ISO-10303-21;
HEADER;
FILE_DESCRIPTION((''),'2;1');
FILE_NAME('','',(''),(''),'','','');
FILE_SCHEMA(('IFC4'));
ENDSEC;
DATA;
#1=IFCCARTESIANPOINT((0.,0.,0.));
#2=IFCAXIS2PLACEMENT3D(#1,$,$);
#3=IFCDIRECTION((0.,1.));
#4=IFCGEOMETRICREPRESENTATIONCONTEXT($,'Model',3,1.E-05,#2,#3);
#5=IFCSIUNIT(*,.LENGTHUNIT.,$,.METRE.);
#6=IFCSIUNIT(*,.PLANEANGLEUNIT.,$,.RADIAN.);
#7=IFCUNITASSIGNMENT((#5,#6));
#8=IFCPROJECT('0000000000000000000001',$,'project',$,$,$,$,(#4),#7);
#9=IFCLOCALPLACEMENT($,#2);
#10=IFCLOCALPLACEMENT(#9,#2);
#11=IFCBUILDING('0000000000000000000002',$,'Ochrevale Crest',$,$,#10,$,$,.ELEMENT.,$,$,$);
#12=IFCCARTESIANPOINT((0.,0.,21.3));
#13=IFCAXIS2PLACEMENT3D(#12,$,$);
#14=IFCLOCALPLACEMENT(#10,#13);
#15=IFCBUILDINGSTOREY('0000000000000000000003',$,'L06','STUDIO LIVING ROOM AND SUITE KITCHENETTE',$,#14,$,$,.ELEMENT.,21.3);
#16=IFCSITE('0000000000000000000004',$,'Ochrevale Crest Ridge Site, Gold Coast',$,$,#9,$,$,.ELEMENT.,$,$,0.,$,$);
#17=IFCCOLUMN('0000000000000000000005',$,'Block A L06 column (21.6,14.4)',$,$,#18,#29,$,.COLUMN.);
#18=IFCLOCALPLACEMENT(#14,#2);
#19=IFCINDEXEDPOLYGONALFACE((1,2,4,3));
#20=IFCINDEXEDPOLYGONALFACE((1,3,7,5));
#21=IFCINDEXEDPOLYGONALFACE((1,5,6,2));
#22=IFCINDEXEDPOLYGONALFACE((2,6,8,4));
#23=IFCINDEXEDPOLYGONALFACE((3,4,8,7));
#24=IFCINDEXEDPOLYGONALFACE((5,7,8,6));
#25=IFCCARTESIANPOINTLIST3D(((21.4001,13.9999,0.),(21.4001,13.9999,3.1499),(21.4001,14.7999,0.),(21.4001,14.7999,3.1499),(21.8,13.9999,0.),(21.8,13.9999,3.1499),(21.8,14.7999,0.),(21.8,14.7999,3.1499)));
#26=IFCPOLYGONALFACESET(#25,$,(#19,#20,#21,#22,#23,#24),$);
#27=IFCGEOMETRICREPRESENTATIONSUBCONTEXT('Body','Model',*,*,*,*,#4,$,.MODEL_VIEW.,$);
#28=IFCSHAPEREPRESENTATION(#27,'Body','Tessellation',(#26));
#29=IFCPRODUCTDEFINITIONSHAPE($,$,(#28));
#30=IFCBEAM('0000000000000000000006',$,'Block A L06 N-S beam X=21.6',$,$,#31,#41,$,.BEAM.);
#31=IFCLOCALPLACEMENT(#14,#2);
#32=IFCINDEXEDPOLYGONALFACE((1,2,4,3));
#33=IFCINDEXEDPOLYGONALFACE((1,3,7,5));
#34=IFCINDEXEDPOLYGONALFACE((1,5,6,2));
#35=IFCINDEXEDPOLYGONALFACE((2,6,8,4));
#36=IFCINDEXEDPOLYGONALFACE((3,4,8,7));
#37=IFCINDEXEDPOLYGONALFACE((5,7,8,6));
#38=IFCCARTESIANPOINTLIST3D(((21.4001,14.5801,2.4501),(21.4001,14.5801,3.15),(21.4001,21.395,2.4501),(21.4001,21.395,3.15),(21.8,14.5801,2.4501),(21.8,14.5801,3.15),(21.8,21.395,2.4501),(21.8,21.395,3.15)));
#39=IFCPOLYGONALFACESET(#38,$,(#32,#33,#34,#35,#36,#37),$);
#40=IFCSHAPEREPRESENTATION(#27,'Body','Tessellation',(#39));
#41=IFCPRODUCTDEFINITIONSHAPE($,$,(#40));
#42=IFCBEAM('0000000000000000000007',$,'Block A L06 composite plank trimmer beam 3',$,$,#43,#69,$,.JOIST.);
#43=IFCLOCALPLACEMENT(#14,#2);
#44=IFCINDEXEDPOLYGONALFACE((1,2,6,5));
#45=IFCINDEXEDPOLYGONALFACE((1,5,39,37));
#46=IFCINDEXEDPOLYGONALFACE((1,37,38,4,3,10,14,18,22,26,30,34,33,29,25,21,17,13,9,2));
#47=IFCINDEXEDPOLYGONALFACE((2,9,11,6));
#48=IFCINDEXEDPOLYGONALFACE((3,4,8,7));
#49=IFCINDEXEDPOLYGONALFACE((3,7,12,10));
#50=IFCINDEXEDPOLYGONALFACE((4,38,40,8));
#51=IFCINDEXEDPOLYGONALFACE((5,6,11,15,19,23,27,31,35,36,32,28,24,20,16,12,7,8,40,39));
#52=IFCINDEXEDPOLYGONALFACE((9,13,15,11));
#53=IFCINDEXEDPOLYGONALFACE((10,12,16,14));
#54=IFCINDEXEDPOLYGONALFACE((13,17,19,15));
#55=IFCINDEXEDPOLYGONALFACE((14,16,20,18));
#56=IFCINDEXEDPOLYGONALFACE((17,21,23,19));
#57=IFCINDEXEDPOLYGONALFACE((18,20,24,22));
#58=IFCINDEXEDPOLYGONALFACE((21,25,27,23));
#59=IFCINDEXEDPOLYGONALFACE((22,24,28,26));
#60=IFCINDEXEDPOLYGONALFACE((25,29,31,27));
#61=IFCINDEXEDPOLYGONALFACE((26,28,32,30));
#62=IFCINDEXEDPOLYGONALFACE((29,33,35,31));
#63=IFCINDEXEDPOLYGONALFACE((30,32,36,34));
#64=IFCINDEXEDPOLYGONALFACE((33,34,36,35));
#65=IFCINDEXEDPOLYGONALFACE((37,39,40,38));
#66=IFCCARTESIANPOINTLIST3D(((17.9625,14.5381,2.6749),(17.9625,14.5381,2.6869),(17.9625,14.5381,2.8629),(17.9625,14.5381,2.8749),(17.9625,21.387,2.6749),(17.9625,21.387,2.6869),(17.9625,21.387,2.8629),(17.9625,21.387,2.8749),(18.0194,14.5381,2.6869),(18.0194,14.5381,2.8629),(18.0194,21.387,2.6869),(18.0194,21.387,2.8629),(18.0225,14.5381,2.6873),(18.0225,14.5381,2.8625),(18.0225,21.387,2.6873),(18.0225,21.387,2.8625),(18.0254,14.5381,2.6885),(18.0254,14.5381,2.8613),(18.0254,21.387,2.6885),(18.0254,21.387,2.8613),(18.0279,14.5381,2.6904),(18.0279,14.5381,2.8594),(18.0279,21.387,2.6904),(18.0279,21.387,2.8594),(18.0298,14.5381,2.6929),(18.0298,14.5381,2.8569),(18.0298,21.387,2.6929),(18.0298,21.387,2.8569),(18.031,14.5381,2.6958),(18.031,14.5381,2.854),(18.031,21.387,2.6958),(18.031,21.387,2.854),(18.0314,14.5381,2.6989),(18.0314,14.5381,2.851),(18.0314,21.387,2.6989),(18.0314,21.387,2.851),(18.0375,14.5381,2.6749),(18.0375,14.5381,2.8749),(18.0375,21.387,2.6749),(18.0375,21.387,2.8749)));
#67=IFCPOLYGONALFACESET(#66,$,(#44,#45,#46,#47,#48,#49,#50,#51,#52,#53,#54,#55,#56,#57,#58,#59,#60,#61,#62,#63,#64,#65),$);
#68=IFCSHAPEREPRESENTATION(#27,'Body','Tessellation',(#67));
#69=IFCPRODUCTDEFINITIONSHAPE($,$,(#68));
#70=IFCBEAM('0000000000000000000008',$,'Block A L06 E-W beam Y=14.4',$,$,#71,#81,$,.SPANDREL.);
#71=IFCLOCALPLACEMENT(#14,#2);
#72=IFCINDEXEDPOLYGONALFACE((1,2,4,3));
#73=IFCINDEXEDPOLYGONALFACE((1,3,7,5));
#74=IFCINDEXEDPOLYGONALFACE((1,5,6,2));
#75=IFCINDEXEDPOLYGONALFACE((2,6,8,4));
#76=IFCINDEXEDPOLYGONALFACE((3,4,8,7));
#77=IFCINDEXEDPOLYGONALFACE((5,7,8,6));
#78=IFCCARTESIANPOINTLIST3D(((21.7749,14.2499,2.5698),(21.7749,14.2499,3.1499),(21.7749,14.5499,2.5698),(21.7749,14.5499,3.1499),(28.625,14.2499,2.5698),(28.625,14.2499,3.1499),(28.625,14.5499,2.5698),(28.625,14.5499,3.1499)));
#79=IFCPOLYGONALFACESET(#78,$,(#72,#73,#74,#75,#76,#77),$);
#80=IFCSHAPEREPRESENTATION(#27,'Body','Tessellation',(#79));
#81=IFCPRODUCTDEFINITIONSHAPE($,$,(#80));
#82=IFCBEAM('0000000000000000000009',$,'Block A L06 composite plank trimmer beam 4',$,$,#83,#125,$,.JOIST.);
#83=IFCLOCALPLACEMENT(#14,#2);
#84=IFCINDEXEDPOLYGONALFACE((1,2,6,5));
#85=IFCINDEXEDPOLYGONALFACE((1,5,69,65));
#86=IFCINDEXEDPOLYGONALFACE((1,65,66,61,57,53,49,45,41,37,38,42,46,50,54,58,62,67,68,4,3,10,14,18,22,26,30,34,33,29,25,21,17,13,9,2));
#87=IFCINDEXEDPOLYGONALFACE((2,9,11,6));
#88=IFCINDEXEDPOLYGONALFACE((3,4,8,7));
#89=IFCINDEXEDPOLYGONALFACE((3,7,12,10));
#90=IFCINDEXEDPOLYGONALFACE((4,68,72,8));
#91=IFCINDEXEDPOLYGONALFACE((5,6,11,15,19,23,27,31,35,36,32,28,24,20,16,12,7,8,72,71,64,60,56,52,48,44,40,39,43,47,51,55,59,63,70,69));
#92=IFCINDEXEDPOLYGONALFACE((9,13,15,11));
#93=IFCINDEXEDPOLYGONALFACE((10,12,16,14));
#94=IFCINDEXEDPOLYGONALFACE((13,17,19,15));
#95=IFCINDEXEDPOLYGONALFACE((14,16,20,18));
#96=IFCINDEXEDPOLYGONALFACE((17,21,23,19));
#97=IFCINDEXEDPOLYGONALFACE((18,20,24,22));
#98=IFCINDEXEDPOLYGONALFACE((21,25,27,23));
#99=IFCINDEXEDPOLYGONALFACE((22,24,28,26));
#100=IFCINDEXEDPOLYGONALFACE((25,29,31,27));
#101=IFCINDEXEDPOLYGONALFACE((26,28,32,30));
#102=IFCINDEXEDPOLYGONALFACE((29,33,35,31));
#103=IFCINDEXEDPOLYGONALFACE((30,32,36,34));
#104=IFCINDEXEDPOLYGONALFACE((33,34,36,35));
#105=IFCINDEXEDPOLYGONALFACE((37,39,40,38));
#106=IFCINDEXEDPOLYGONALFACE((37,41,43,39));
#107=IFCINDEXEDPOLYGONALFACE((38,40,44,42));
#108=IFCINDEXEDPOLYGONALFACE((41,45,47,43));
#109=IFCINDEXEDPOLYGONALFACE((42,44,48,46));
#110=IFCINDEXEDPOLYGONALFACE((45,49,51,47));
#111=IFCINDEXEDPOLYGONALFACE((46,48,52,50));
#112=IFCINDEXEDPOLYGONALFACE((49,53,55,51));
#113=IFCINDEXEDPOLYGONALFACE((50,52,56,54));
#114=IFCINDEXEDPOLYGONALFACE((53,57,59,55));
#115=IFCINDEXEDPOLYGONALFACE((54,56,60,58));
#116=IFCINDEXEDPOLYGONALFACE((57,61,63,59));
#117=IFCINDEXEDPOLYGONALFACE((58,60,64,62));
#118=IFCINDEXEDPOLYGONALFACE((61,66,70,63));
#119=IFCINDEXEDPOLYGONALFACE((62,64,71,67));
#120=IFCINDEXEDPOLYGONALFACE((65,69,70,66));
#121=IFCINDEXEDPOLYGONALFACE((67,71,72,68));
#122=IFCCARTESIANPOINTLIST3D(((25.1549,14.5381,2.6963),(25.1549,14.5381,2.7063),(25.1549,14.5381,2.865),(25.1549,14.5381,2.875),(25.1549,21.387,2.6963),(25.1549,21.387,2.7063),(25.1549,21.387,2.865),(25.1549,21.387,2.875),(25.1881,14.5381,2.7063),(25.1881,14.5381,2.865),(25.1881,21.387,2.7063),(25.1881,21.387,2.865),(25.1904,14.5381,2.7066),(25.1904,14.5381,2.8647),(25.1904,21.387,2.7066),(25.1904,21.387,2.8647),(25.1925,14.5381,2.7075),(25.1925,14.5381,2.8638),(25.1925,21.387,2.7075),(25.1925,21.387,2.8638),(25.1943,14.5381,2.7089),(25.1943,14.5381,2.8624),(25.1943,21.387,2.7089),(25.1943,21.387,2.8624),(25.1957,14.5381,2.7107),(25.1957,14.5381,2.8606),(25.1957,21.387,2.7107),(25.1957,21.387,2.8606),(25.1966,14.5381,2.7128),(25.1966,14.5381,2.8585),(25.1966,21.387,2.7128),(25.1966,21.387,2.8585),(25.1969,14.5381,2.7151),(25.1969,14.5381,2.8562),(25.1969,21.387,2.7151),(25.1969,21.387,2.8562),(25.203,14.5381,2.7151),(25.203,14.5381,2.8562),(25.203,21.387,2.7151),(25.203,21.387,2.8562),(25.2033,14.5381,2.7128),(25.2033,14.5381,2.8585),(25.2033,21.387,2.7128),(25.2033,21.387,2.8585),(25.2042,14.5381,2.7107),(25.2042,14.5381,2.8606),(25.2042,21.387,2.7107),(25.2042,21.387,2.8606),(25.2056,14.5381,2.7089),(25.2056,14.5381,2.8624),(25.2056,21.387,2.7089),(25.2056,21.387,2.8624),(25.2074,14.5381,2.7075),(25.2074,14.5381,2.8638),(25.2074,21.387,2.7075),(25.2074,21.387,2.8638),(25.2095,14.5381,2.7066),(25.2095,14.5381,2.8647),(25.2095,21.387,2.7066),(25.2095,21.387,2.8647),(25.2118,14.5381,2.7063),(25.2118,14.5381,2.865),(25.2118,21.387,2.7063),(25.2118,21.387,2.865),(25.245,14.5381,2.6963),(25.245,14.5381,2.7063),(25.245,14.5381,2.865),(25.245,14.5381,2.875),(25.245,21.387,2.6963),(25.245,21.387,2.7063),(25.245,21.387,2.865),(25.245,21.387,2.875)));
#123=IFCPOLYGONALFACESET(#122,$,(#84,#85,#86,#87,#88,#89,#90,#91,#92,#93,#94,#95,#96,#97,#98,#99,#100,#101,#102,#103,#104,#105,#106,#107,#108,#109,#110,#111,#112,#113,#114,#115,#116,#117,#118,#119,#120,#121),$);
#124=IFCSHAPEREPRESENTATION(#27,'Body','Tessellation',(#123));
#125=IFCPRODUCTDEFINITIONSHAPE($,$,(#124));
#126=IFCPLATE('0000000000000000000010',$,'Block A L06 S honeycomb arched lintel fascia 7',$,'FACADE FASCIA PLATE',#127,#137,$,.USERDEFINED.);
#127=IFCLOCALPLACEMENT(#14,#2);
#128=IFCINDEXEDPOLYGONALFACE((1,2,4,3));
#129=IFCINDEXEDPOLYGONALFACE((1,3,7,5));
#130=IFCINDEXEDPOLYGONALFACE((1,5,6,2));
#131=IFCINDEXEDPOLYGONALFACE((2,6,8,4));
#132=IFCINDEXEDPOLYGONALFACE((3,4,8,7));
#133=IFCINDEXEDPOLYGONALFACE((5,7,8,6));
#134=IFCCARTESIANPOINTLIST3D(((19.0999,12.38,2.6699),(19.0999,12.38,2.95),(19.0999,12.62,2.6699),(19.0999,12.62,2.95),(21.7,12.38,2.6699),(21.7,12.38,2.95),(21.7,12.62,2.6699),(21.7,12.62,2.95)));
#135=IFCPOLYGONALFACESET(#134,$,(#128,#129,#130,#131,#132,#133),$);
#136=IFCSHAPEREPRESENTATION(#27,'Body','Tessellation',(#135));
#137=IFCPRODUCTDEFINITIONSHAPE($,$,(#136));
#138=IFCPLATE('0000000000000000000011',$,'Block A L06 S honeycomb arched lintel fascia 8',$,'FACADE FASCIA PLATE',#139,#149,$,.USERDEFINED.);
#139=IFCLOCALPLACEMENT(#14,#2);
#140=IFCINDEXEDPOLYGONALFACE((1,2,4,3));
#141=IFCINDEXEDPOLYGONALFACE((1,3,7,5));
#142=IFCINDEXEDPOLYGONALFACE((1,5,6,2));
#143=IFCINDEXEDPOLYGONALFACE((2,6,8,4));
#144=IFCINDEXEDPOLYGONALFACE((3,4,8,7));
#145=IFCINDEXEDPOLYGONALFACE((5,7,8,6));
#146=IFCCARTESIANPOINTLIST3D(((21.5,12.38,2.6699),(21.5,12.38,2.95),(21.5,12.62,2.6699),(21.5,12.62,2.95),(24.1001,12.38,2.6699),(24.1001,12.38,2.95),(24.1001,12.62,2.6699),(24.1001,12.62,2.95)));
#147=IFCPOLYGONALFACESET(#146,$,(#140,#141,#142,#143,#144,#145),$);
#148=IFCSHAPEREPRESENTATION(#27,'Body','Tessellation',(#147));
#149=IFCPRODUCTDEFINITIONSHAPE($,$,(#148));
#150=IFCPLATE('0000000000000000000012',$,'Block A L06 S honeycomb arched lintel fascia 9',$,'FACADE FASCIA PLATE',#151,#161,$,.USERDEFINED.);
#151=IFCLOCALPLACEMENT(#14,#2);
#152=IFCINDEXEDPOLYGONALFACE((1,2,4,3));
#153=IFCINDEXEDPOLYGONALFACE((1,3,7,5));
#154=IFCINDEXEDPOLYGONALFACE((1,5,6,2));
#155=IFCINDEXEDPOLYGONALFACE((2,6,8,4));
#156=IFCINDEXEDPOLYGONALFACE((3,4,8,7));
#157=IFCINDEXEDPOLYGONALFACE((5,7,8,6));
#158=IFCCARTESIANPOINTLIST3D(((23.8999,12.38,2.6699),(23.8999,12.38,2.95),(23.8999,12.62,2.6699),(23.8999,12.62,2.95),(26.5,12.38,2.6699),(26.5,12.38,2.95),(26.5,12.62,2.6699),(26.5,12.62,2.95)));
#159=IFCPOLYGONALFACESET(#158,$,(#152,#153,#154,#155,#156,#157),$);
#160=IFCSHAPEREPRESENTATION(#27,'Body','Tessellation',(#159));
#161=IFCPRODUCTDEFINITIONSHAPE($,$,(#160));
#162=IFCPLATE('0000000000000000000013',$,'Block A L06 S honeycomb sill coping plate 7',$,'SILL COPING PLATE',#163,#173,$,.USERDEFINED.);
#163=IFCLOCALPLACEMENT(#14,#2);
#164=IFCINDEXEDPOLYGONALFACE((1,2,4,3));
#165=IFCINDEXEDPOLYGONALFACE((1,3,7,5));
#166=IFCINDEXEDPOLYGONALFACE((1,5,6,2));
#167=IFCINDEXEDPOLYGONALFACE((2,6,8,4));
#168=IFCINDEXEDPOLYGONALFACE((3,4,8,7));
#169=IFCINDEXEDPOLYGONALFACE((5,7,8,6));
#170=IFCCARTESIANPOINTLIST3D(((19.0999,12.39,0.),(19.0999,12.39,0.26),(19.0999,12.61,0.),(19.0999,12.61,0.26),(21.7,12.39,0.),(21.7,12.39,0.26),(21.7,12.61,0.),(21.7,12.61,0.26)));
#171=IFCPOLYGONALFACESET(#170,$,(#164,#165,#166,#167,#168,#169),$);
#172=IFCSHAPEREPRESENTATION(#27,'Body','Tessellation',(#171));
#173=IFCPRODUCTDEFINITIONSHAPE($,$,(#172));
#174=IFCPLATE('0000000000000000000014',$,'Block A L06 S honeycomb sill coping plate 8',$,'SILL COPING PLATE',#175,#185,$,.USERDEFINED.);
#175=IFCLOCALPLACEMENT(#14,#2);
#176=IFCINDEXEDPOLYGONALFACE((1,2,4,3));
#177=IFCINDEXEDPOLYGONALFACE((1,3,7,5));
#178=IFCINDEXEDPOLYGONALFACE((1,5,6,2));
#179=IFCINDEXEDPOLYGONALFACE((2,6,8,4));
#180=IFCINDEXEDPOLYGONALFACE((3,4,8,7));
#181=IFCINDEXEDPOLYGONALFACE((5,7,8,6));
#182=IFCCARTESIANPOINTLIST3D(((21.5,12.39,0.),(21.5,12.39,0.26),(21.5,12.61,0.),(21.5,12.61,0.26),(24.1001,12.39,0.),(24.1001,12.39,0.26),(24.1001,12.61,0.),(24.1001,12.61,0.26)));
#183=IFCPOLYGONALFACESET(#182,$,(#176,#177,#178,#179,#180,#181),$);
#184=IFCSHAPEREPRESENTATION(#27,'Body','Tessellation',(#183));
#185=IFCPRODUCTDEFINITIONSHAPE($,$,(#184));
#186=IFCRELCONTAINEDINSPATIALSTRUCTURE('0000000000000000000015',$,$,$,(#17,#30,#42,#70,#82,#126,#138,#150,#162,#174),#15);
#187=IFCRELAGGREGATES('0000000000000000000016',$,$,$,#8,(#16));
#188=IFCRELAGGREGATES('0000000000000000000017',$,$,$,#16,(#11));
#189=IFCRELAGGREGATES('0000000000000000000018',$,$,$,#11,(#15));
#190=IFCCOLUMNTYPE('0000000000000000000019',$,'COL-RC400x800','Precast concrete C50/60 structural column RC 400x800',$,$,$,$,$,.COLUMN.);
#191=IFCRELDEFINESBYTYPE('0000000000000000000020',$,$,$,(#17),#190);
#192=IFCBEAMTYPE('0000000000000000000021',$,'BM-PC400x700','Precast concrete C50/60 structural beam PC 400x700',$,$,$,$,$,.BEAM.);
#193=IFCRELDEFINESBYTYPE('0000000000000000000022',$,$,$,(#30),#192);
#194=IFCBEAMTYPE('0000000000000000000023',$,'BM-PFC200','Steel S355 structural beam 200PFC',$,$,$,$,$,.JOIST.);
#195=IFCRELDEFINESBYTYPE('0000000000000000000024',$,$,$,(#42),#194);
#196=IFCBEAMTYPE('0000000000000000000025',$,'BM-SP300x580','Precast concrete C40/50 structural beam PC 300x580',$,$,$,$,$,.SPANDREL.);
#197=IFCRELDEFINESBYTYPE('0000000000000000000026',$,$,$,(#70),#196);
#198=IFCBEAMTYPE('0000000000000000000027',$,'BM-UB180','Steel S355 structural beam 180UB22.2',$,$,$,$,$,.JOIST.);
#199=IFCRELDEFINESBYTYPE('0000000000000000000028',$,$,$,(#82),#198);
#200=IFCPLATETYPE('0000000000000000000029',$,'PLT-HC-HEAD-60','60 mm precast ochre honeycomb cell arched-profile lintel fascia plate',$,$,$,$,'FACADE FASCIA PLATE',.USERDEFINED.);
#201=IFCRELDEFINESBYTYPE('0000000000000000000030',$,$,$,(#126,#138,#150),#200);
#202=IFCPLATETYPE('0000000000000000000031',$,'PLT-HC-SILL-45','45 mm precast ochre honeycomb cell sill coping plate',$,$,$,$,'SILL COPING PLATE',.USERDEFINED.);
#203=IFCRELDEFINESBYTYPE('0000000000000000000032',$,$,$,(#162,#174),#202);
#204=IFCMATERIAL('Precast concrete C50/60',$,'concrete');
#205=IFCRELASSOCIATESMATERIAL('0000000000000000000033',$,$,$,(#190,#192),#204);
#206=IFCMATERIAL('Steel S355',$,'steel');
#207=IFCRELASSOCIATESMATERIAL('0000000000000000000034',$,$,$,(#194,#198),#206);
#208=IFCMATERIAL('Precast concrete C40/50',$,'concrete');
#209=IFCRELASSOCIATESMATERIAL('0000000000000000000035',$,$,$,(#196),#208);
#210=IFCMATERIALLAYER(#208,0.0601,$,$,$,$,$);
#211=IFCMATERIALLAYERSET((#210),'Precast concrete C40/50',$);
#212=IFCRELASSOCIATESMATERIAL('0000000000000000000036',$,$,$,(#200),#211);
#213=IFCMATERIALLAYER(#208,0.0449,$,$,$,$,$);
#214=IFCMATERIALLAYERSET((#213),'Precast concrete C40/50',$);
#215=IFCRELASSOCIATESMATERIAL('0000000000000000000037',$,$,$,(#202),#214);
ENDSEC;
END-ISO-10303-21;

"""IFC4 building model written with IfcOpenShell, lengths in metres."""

from ifc_helpers import new_model, si_unit, direction, frame, origin, origin_2d, place, context, subcontext, project, spatial, rectangle, i_section, u_section, extrude, material, layer, layer_set, material_profile, profile_set, type_object, element, save


model = new_model("IFC4")

# Units and contexts
model_context = context("Model", 3, precision=1e-05, world=origin(), true_north=direction((0.0, 1.0)))
body_context = subcontext(model_context, "Body", "Model", "MODEL_VIEW")
ifc_project = project(units=[si_unit("LENGTHUNIT", "METRE"), si_unit("PLANEANGLEUNIT", "RADIAN")], contexts=[model_context])

# Site, building, storey
site_placement = place(None, origin())
site = spatial("IfcSite", under=ifc_project, at=site_placement, Name="Ochrevale Crest Ridge Site, Gold Coast", CompositionType="ELEMENT", RefElevation=0.0)
building_placement = place(site_placement, origin())
building = spatial("IfcBuilding", under=site, at=building_placement, Name="Ochrevale Crest", CompositionType="ELEMENT")
storey_placement = place(building_placement, frame((0.0, 0.0, 21.3)))
storey = spatial("IfcBuildingStorey", under=building, at=storey_placement, Name="L06", Description="STUDIO LIVING ROOM AND SUITE KITCHENETTE", CompositionType="ELEMENT", Elevation=21.3)

# Column
ifc_material_1 = material(Name="Precast concrete C50/60", Category="concrete")
ifc_material_profile_1 = material_profile(ifc_material_1, rectangle(XDim=0.3999, YDim=0.8, at=origin_2d()), Name="RC 400x800")
ifc_profile_set_1 = profile_set([ifc_material_profile_1], Name="Precast concrete C50/60")
column_type = type_object("IfcColumnType", Name="COL-RC400x800", Description="Precast concrete C50/60 structural column RC 400x800", PredefinedType="COLUMN", material=ifc_profile_set_1)
column_placement = place(storey_placement, frame((21.6001, 14.3999, 0.0), z_axis=(0.0, 0.0, 1.0), x_axis=(1.0, 0.0, 0.0)))
element("IfcColumn", 1, at=column_placement, inside=storey, type_object=column_type, Name="Block A L06 column (21.6,14.4)", PredefinedType="COLUMN", context=body_context, shape_type="SweptSolid", body=[
    extrude(rectangle(XDim=0.3999, YDim=0.8, at=origin_2d()), origin(), (0.0, 0.0, 1.0), 3.1499),
])

# Beams
ifc_material_profile_2 = material_profile(ifc_material_1, rectangle(XDim=0.3999, YDim=0.7, at=origin_2d()), Name="PC 400x700")
ifc_profile_set_2 = profile_set([ifc_material_profile_2], Name="Precast concrete C50/60")
beam_type_1 = type_object("IfcBeamType", Name="BM-PC400x700", Description="Precast concrete C50/60 structural beam PC 400x700", PredefinedType="BEAM", material=ifc_profile_set_2)
beam_1_placement = place(storey_placement, frame((21.6001, 14.5801, 2.8), z_axis=(0.0, 1.0, 0.0), x_axis=(-1.0, 0.0, 0.0)))
element("IfcBeam", 2, at=beam_1_placement, inside=storey, type_object=beam_type_1, Name="Block A L06 N-S beam X=21.6", PredefinedType="BEAM", context=body_context, shape_type="SweptSolid", body=[
    extrude(rectangle(XDim=0.3999, YDim=0.7, at=origin_2d()), origin(), (0.0, 0.0, 1.0), 6.8149),
])
ifc_material_2 = material(Name="Steel S355", Category="steel")
ifc_material_profile_3 = material_profile(ifc_material_2, u_section(Depth=0.2, FlangeWidth=0.075, WebThickness=0.0061, FlangeThickness=0.012, FilletRadius=0.012, at=origin_2d()), Name="200PFC")
ifc_profile_set_3 = profile_set([ifc_material_profile_3], Name="Steel S355")
beam_type_2 = type_object("IfcBeamType", Name="BM-PFC200", Description="Steel S355 structural beam 200PFC", PredefinedType="JOIST", material=ifc_profile_set_3)
beam_2_placement = place(storey_placement, frame((18.0, 14.5381, 2.7749), z_axis=(0.0, 1.0, 0.0), x_axis=(-1.0, 0.0, 0.0)))
element("IfcBeam", 3, at=beam_2_placement, inside=storey, type_object=beam_type_2, Name="Block A L06 composite plank trimmer beam 3", PredefinedType="JOIST", context=body_context, shape_type="SweptSolid", body=[
    extrude(u_section(Depth=0.2, FlangeWidth=0.075, WebThickness=0.0061, FlangeThickness=0.012, FilletRadius=0.012, at=origin_2d()), origin(), (0.0, 0.0, 1.0), 6.8489),
])
ifc_material_3 = material(Name="Precast concrete C40/50", Category="concrete")
ifc_material_profile_4 = material_profile(ifc_material_3, rectangle(XDim=0.3, YDim=0.5801, at=origin_2d()), Name="PC 300x580")
ifc_profile_set_4 = profile_set([ifc_material_profile_4], Name="Precast concrete C40/50")
beam_type_3 = type_object("IfcBeamType", Name="BM-SP300x580", Description="Precast concrete C40/50 structural beam PC 300x580", PredefinedType="SPANDREL", material=ifc_profile_set_4)
beam_3_placement = place(storey_placement, frame((21.7749, 14.3999, 2.8599), z_axis=(1.0, 0.0, 0.0), x_axis=(0.0, 1.0, 0.0)))
element("IfcBeam", 4, at=beam_3_placement, inside=storey, type_object=beam_type_3, Name="Block A L06 E-W beam Y=14.4", PredefinedType="SPANDREL", context=body_context, shape_type="SweptSolid", body=[
    extrude(rectangle(XDim=0.3, YDim=0.5801, at=origin_2d()), origin(), (0.0, 0.0, 1.0), 6.8501),
])
ifc_material_profile_5 = material_profile(ifc_material_2, i_section(OverallWidth=0.0901, OverallDepth=0.1787, WebThickness=0.0061, FlangeThickness=0.01, FilletRadius=0.0088, at=origin_2d()), Name="180UB22.2")
ifc_profile_set_5 = profile_set([ifc_material_profile_5], Name="Steel S355")
beam_type_4 = type_object("IfcBeamType", Name="BM-UB180", Description="Steel S355 structural beam 180UB22.2", PredefinedType="JOIST", material=ifc_profile_set_5)
beam_4_placement = place(storey_placement, frame((25.2, 14.5381, 2.7856), z_axis=(0.0, 1.0, 0.0), x_axis=(-1.0, 0.0, 0.0)))
element("IfcBeam", 5, at=beam_4_placement, inside=storey, type_object=beam_type_4, Name="Block A L06 composite plank trimmer beam 4", PredefinedType="JOIST", context=body_context, shape_type="SweptSolid", body=[
    extrude(i_section(OverallWidth=0.0901, OverallDepth=0.1787, WebThickness=0.0061, FlangeThickness=0.01, FilletRadius=0.0088, at=origin_2d()), origin(), (0.0, 0.0, 1.0), 6.8489),
])

# Plates
ifc_layer_1 = layer(ifc_material_3, 0.0601)
ifc_layer_set_1 = layer_set([ifc_layer_1], Name="Precast concrete C40/50")
plate_type_1 = type_object("IfcPlateType", Name="PLT-HC-HEAD-60", Description="60 mm precast ochre honeycomb cell arched-profile lintel fascia plate", ElementType="FACADE FASCIA PLATE", PredefinedType="USERDEFINED", material=ifc_layer_set_1)
for number, where, z_axis, x_axis, name in (
    (6, (20.3999, 12.5, 2.6699), (0.0, 0.0, 1.0), (1.0, 0.0, 0.0), "Block A L06 S honeycomb arched lintel fascia 7"),
    (7, (22.8, 12.5, 2.6699), (0.0, 0.0, 1.0), (1.0, 0.0, 0.0), "Block A L06 S honeycomb arched lintel fascia 8"),
    (8, (25.2, 12.5, 2.6699), (0.0, 0.0, 1.0), (1.0, 0.0, 0.0), "Block A L06 S honeycomb arched lintel fascia 9"),
):
    element("IfcPlate", number, at=place(storey_placement, frame(where, z_axis=z_axis, x_axis=x_axis)), inside=storey, type_object=plate_type_1, Name=name, ObjectType="FACADE FASCIA PLATE", PredefinedType="USERDEFINED", context=body_context, shape_type="SweptSolid", body=[
        extrude(rectangle(XDim=2.6001, YDim=0.24, at=origin_2d()), origin(), (0.0, 0.0, 1.0), 0.28),
    ])
ifc_layer_2 = layer(ifc_material_3, 0.0449)
ifc_layer_set_2 = layer_set([ifc_layer_2], Name="Precast concrete C40/50")
plate_type_2 = type_object("IfcPlateType", Name="PLT-HC-SILL-45", Description="45 mm precast ochre honeycomb cell sill coping plate", ElementType="SILL COPING PLATE", PredefinedType="USERDEFINED", material=ifc_layer_set_2)
for number, where, z_axis, x_axis, name in (
    (9, (20.3999, 12.5, 0.0), (0.0, 0.0, 1.0), (1.0, 0.0, 0.0), "Block A L06 S honeycomb sill coping plate 7"),
    (10, (22.8, 12.5, 0.0), (0.0, 0.0, 1.0), (1.0, 0.0, 0.0), "Block A L06 S honeycomb sill coping plate 8"),
):
    element("IfcPlate", number, at=place(storey_placement, frame(where, z_axis=z_axis, x_axis=x_axis)), inside=storey, type_object=plate_type_2, Name=name, ObjectType="SILL COPING PLATE", PredefinedType="USERDEFINED", context=body_context, shape_type="SweptSolid", body=[
        extrude(rectangle(XDim=2.6001, YDim=0.22, at=origin_2d()), origin(), (0.0, 0.0, 1.0), 0.26),
    ])

save(model, "model.ifc")
